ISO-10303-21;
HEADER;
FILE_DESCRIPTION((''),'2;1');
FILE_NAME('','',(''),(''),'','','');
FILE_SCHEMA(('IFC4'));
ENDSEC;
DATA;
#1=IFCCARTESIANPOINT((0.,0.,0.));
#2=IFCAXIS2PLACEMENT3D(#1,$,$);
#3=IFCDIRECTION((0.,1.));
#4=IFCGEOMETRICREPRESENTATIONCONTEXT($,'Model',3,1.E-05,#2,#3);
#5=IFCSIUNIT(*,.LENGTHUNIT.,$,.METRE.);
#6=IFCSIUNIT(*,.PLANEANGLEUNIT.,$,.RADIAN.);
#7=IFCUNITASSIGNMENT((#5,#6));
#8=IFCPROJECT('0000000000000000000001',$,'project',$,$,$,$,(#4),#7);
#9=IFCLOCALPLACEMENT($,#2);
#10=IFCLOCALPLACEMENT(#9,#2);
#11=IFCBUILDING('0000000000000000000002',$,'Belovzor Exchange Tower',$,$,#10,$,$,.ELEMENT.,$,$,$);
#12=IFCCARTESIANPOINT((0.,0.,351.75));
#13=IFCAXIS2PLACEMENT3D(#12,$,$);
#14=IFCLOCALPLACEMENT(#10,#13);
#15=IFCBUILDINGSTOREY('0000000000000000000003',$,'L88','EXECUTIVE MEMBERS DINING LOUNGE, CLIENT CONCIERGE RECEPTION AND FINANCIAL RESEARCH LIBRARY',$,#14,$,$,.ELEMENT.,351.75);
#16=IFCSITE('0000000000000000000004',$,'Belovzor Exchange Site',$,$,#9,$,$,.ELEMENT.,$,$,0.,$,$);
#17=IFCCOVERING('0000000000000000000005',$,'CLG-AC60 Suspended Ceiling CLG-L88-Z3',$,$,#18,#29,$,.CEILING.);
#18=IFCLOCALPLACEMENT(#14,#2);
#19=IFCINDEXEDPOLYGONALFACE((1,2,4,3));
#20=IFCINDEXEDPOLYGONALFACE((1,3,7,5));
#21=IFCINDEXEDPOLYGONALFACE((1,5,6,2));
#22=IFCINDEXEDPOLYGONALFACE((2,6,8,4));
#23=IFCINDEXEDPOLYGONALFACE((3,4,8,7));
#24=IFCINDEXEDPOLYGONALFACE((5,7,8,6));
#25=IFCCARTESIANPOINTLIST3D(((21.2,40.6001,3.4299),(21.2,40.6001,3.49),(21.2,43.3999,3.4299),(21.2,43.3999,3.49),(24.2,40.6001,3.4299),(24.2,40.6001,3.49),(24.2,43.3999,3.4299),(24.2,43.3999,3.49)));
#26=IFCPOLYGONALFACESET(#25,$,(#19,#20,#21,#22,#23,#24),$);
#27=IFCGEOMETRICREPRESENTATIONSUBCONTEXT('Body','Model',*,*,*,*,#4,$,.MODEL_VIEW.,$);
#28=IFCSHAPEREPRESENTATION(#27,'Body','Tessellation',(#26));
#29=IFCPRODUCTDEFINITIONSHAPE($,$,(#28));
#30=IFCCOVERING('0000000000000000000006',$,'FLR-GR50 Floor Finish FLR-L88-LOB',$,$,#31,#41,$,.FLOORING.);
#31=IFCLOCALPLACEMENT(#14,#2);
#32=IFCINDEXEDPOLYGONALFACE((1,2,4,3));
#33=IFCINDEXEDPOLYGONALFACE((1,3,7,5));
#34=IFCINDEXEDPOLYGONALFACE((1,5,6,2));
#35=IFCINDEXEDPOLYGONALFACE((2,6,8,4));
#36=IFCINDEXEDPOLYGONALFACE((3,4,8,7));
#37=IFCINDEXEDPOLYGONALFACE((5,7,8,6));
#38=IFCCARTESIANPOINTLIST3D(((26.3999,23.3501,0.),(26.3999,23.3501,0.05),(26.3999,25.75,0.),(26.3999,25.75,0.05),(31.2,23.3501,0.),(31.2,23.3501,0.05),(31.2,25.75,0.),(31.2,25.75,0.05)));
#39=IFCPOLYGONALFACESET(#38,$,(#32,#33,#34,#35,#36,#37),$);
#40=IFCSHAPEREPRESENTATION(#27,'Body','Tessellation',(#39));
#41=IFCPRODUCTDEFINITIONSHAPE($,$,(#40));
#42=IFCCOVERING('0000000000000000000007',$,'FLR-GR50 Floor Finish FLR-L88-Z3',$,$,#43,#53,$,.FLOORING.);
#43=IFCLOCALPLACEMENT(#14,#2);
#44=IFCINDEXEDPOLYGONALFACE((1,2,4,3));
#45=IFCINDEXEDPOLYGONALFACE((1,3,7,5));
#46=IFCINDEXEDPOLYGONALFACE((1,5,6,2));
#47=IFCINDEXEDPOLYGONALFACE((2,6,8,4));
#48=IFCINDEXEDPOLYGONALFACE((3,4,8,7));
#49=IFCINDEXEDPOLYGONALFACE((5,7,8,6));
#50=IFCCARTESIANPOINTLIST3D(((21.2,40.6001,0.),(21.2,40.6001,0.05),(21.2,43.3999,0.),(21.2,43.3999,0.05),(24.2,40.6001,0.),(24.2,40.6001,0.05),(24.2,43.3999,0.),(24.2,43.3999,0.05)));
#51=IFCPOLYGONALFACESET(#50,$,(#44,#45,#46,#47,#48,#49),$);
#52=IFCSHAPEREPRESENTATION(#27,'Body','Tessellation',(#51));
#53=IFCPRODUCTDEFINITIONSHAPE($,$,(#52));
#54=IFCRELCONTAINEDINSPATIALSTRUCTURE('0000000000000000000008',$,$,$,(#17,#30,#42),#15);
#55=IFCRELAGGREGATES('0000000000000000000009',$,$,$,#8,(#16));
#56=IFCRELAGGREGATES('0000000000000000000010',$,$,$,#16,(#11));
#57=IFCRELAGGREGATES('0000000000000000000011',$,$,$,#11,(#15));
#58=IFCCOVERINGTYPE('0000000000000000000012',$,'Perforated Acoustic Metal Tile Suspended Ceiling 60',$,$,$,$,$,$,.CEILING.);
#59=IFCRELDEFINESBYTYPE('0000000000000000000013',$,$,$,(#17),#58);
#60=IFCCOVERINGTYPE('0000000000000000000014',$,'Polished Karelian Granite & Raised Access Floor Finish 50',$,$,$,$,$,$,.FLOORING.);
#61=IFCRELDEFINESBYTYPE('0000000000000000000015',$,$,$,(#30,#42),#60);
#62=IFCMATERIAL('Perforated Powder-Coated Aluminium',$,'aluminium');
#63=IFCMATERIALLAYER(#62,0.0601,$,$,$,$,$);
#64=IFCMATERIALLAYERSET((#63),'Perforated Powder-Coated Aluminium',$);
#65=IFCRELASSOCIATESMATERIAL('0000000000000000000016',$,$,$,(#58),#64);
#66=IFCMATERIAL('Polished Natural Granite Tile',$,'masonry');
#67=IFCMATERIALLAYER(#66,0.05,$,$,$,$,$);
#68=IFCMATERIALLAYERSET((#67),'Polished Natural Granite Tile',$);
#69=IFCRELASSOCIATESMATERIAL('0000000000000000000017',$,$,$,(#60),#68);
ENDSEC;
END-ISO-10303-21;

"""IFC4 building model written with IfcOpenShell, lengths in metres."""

from ifc_helpers import new_model, si_unit, direction, frame, origin, place, context, subcontext, project, spatial, polyline, outline, extrude, material, layer, layer_set, type_object, element, save


model = new_model("IFC4")

# Units and contexts
model_context = context("Model", 3, precision=1e-05, world=origin(), true_north=direction((0.0, 1.0)))
body_context = subcontext(model_context, "Body", "Model", "MODEL_VIEW")
ifc_project = project(units=[si_unit("LENGTHUNIT", "METRE"), si_unit("PLANEANGLEUNIT", "RADIAN")], contexts=[model_context])

# Site, building, storey
site_placement = place(None, origin())
site = spatial("IfcSite", under=ifc_project, at=site_placement, Name="Belovzor Exchange Site", CompositionType="ELEMENT", RefElevation=0.0)
building_placement = place(site_placement, origin())
building = spatial("IfcBuilding", under=site, at=building_placement, Name="Belovzor Exchange Tower", CompositionType="ELEMENT")
storey_placement = place(building_placement, frame((0.0, 0.0, 351.75)))
storey = spatial("IfcBuildingStorey", under=building, at=storey_placement, Name="L88", Description="EXECUTIVE MEMBERS DINING LOUNGE, CLIENT CONCIERGE RECEPTION AND FINANCIAL RESEARCH LIBRARY", CompositionType="ELEMENT", Elevation=351.75)

# Coverings
ifc_material_1 = material(Name="Perforated Powder-Coated Aluminium", Category="aluminium")
ifc_layer_1 = layer(ifc_material_1, 0.0601)
ifc_layer_set_1 = layer_set([ifc_layer_1], Name="Perforated Powder-Coated Aluminium")
covering_type_1 = type_object("IfcCoveringType", Name="Perforated Acoustic Metal Tile Suspended Ceiling 60", PredefinedType="CEILING", material=ifc_layer_set_1)
covering_1_placement = place(storey_placement, frame((0.0, 0.0, 3.4299)))
element("IfcCovering", 1, at=covering_1_placement, inside=storey, type_object=covering_type_1, Name="CLG-AC60 Suspended Ceiling CLG-L88-Z3", PredefinedType="CEILING", context=body_context, shape_type="SweptSolid", body=[
    extrude(outline(polyline([(21.2, 40.6001), (24.2, 40.6001), (24.2, 43.3999), (21.2, 43.3999), (21.2, 40.6001)])), origin(), (0.0, 0.0, 1.0), 0.0601),
])
ifc_material_2 = material(Name="Polished Natural Granite Tile", Category="masonry")
ifc_layer_2 = layer(ifc_material_2, 0.05)
ifc_layer_set_2 = layer_set([ifc_layer_2], Name="Polished Natural Granite Tile")
covering_type_2 = type_object("IfcCoveringType", Name="Polished Karelian Granite & Raised Access Floor Finish 50", PredefinedType="FLOORING", material=ifc_layer_set_2)
covering_2_placement = place(storey_placement, origin())
element("IfcCovering", 2, at=covering_2_placement, inside=storey, type_object=covering_type_2, Name="FLR-GR50 Floor Finish FLR-L88-LOB", PredefinedType="FLOORING", context=body_context, shape_type="SweptSolid", body=[
    extrude(outline(polyline([(26.3999, 23.3501), (31.2, 23.3501), (31.2, 25.75), (26.3999, 25.75), (26.3999, 23.3501)])), origin(), (0.0, 0.0, 1.0), 0.05),
])
covering_3_placement = place(storey_placement, origin())
element("IfcCovering", 3, at=covering_3_placement, inside=storey, type_object=covering_type_2, Name="FLR-GR50 Floor Finish FLR-L88-Z3", PredefinedType="FLOORING", context=body_context, shape_type="SweptSolid", body=[
    extrude(outline(polyline([(21.2, 40.6001), (24.2, 40.6001), (24.2, 43.3999), (21.2, 43.3999), (21.2, 40.6001)])), origin(), (0.0, 0.0, 1.0), 0.05),
])

save(model, "model.ifc")
